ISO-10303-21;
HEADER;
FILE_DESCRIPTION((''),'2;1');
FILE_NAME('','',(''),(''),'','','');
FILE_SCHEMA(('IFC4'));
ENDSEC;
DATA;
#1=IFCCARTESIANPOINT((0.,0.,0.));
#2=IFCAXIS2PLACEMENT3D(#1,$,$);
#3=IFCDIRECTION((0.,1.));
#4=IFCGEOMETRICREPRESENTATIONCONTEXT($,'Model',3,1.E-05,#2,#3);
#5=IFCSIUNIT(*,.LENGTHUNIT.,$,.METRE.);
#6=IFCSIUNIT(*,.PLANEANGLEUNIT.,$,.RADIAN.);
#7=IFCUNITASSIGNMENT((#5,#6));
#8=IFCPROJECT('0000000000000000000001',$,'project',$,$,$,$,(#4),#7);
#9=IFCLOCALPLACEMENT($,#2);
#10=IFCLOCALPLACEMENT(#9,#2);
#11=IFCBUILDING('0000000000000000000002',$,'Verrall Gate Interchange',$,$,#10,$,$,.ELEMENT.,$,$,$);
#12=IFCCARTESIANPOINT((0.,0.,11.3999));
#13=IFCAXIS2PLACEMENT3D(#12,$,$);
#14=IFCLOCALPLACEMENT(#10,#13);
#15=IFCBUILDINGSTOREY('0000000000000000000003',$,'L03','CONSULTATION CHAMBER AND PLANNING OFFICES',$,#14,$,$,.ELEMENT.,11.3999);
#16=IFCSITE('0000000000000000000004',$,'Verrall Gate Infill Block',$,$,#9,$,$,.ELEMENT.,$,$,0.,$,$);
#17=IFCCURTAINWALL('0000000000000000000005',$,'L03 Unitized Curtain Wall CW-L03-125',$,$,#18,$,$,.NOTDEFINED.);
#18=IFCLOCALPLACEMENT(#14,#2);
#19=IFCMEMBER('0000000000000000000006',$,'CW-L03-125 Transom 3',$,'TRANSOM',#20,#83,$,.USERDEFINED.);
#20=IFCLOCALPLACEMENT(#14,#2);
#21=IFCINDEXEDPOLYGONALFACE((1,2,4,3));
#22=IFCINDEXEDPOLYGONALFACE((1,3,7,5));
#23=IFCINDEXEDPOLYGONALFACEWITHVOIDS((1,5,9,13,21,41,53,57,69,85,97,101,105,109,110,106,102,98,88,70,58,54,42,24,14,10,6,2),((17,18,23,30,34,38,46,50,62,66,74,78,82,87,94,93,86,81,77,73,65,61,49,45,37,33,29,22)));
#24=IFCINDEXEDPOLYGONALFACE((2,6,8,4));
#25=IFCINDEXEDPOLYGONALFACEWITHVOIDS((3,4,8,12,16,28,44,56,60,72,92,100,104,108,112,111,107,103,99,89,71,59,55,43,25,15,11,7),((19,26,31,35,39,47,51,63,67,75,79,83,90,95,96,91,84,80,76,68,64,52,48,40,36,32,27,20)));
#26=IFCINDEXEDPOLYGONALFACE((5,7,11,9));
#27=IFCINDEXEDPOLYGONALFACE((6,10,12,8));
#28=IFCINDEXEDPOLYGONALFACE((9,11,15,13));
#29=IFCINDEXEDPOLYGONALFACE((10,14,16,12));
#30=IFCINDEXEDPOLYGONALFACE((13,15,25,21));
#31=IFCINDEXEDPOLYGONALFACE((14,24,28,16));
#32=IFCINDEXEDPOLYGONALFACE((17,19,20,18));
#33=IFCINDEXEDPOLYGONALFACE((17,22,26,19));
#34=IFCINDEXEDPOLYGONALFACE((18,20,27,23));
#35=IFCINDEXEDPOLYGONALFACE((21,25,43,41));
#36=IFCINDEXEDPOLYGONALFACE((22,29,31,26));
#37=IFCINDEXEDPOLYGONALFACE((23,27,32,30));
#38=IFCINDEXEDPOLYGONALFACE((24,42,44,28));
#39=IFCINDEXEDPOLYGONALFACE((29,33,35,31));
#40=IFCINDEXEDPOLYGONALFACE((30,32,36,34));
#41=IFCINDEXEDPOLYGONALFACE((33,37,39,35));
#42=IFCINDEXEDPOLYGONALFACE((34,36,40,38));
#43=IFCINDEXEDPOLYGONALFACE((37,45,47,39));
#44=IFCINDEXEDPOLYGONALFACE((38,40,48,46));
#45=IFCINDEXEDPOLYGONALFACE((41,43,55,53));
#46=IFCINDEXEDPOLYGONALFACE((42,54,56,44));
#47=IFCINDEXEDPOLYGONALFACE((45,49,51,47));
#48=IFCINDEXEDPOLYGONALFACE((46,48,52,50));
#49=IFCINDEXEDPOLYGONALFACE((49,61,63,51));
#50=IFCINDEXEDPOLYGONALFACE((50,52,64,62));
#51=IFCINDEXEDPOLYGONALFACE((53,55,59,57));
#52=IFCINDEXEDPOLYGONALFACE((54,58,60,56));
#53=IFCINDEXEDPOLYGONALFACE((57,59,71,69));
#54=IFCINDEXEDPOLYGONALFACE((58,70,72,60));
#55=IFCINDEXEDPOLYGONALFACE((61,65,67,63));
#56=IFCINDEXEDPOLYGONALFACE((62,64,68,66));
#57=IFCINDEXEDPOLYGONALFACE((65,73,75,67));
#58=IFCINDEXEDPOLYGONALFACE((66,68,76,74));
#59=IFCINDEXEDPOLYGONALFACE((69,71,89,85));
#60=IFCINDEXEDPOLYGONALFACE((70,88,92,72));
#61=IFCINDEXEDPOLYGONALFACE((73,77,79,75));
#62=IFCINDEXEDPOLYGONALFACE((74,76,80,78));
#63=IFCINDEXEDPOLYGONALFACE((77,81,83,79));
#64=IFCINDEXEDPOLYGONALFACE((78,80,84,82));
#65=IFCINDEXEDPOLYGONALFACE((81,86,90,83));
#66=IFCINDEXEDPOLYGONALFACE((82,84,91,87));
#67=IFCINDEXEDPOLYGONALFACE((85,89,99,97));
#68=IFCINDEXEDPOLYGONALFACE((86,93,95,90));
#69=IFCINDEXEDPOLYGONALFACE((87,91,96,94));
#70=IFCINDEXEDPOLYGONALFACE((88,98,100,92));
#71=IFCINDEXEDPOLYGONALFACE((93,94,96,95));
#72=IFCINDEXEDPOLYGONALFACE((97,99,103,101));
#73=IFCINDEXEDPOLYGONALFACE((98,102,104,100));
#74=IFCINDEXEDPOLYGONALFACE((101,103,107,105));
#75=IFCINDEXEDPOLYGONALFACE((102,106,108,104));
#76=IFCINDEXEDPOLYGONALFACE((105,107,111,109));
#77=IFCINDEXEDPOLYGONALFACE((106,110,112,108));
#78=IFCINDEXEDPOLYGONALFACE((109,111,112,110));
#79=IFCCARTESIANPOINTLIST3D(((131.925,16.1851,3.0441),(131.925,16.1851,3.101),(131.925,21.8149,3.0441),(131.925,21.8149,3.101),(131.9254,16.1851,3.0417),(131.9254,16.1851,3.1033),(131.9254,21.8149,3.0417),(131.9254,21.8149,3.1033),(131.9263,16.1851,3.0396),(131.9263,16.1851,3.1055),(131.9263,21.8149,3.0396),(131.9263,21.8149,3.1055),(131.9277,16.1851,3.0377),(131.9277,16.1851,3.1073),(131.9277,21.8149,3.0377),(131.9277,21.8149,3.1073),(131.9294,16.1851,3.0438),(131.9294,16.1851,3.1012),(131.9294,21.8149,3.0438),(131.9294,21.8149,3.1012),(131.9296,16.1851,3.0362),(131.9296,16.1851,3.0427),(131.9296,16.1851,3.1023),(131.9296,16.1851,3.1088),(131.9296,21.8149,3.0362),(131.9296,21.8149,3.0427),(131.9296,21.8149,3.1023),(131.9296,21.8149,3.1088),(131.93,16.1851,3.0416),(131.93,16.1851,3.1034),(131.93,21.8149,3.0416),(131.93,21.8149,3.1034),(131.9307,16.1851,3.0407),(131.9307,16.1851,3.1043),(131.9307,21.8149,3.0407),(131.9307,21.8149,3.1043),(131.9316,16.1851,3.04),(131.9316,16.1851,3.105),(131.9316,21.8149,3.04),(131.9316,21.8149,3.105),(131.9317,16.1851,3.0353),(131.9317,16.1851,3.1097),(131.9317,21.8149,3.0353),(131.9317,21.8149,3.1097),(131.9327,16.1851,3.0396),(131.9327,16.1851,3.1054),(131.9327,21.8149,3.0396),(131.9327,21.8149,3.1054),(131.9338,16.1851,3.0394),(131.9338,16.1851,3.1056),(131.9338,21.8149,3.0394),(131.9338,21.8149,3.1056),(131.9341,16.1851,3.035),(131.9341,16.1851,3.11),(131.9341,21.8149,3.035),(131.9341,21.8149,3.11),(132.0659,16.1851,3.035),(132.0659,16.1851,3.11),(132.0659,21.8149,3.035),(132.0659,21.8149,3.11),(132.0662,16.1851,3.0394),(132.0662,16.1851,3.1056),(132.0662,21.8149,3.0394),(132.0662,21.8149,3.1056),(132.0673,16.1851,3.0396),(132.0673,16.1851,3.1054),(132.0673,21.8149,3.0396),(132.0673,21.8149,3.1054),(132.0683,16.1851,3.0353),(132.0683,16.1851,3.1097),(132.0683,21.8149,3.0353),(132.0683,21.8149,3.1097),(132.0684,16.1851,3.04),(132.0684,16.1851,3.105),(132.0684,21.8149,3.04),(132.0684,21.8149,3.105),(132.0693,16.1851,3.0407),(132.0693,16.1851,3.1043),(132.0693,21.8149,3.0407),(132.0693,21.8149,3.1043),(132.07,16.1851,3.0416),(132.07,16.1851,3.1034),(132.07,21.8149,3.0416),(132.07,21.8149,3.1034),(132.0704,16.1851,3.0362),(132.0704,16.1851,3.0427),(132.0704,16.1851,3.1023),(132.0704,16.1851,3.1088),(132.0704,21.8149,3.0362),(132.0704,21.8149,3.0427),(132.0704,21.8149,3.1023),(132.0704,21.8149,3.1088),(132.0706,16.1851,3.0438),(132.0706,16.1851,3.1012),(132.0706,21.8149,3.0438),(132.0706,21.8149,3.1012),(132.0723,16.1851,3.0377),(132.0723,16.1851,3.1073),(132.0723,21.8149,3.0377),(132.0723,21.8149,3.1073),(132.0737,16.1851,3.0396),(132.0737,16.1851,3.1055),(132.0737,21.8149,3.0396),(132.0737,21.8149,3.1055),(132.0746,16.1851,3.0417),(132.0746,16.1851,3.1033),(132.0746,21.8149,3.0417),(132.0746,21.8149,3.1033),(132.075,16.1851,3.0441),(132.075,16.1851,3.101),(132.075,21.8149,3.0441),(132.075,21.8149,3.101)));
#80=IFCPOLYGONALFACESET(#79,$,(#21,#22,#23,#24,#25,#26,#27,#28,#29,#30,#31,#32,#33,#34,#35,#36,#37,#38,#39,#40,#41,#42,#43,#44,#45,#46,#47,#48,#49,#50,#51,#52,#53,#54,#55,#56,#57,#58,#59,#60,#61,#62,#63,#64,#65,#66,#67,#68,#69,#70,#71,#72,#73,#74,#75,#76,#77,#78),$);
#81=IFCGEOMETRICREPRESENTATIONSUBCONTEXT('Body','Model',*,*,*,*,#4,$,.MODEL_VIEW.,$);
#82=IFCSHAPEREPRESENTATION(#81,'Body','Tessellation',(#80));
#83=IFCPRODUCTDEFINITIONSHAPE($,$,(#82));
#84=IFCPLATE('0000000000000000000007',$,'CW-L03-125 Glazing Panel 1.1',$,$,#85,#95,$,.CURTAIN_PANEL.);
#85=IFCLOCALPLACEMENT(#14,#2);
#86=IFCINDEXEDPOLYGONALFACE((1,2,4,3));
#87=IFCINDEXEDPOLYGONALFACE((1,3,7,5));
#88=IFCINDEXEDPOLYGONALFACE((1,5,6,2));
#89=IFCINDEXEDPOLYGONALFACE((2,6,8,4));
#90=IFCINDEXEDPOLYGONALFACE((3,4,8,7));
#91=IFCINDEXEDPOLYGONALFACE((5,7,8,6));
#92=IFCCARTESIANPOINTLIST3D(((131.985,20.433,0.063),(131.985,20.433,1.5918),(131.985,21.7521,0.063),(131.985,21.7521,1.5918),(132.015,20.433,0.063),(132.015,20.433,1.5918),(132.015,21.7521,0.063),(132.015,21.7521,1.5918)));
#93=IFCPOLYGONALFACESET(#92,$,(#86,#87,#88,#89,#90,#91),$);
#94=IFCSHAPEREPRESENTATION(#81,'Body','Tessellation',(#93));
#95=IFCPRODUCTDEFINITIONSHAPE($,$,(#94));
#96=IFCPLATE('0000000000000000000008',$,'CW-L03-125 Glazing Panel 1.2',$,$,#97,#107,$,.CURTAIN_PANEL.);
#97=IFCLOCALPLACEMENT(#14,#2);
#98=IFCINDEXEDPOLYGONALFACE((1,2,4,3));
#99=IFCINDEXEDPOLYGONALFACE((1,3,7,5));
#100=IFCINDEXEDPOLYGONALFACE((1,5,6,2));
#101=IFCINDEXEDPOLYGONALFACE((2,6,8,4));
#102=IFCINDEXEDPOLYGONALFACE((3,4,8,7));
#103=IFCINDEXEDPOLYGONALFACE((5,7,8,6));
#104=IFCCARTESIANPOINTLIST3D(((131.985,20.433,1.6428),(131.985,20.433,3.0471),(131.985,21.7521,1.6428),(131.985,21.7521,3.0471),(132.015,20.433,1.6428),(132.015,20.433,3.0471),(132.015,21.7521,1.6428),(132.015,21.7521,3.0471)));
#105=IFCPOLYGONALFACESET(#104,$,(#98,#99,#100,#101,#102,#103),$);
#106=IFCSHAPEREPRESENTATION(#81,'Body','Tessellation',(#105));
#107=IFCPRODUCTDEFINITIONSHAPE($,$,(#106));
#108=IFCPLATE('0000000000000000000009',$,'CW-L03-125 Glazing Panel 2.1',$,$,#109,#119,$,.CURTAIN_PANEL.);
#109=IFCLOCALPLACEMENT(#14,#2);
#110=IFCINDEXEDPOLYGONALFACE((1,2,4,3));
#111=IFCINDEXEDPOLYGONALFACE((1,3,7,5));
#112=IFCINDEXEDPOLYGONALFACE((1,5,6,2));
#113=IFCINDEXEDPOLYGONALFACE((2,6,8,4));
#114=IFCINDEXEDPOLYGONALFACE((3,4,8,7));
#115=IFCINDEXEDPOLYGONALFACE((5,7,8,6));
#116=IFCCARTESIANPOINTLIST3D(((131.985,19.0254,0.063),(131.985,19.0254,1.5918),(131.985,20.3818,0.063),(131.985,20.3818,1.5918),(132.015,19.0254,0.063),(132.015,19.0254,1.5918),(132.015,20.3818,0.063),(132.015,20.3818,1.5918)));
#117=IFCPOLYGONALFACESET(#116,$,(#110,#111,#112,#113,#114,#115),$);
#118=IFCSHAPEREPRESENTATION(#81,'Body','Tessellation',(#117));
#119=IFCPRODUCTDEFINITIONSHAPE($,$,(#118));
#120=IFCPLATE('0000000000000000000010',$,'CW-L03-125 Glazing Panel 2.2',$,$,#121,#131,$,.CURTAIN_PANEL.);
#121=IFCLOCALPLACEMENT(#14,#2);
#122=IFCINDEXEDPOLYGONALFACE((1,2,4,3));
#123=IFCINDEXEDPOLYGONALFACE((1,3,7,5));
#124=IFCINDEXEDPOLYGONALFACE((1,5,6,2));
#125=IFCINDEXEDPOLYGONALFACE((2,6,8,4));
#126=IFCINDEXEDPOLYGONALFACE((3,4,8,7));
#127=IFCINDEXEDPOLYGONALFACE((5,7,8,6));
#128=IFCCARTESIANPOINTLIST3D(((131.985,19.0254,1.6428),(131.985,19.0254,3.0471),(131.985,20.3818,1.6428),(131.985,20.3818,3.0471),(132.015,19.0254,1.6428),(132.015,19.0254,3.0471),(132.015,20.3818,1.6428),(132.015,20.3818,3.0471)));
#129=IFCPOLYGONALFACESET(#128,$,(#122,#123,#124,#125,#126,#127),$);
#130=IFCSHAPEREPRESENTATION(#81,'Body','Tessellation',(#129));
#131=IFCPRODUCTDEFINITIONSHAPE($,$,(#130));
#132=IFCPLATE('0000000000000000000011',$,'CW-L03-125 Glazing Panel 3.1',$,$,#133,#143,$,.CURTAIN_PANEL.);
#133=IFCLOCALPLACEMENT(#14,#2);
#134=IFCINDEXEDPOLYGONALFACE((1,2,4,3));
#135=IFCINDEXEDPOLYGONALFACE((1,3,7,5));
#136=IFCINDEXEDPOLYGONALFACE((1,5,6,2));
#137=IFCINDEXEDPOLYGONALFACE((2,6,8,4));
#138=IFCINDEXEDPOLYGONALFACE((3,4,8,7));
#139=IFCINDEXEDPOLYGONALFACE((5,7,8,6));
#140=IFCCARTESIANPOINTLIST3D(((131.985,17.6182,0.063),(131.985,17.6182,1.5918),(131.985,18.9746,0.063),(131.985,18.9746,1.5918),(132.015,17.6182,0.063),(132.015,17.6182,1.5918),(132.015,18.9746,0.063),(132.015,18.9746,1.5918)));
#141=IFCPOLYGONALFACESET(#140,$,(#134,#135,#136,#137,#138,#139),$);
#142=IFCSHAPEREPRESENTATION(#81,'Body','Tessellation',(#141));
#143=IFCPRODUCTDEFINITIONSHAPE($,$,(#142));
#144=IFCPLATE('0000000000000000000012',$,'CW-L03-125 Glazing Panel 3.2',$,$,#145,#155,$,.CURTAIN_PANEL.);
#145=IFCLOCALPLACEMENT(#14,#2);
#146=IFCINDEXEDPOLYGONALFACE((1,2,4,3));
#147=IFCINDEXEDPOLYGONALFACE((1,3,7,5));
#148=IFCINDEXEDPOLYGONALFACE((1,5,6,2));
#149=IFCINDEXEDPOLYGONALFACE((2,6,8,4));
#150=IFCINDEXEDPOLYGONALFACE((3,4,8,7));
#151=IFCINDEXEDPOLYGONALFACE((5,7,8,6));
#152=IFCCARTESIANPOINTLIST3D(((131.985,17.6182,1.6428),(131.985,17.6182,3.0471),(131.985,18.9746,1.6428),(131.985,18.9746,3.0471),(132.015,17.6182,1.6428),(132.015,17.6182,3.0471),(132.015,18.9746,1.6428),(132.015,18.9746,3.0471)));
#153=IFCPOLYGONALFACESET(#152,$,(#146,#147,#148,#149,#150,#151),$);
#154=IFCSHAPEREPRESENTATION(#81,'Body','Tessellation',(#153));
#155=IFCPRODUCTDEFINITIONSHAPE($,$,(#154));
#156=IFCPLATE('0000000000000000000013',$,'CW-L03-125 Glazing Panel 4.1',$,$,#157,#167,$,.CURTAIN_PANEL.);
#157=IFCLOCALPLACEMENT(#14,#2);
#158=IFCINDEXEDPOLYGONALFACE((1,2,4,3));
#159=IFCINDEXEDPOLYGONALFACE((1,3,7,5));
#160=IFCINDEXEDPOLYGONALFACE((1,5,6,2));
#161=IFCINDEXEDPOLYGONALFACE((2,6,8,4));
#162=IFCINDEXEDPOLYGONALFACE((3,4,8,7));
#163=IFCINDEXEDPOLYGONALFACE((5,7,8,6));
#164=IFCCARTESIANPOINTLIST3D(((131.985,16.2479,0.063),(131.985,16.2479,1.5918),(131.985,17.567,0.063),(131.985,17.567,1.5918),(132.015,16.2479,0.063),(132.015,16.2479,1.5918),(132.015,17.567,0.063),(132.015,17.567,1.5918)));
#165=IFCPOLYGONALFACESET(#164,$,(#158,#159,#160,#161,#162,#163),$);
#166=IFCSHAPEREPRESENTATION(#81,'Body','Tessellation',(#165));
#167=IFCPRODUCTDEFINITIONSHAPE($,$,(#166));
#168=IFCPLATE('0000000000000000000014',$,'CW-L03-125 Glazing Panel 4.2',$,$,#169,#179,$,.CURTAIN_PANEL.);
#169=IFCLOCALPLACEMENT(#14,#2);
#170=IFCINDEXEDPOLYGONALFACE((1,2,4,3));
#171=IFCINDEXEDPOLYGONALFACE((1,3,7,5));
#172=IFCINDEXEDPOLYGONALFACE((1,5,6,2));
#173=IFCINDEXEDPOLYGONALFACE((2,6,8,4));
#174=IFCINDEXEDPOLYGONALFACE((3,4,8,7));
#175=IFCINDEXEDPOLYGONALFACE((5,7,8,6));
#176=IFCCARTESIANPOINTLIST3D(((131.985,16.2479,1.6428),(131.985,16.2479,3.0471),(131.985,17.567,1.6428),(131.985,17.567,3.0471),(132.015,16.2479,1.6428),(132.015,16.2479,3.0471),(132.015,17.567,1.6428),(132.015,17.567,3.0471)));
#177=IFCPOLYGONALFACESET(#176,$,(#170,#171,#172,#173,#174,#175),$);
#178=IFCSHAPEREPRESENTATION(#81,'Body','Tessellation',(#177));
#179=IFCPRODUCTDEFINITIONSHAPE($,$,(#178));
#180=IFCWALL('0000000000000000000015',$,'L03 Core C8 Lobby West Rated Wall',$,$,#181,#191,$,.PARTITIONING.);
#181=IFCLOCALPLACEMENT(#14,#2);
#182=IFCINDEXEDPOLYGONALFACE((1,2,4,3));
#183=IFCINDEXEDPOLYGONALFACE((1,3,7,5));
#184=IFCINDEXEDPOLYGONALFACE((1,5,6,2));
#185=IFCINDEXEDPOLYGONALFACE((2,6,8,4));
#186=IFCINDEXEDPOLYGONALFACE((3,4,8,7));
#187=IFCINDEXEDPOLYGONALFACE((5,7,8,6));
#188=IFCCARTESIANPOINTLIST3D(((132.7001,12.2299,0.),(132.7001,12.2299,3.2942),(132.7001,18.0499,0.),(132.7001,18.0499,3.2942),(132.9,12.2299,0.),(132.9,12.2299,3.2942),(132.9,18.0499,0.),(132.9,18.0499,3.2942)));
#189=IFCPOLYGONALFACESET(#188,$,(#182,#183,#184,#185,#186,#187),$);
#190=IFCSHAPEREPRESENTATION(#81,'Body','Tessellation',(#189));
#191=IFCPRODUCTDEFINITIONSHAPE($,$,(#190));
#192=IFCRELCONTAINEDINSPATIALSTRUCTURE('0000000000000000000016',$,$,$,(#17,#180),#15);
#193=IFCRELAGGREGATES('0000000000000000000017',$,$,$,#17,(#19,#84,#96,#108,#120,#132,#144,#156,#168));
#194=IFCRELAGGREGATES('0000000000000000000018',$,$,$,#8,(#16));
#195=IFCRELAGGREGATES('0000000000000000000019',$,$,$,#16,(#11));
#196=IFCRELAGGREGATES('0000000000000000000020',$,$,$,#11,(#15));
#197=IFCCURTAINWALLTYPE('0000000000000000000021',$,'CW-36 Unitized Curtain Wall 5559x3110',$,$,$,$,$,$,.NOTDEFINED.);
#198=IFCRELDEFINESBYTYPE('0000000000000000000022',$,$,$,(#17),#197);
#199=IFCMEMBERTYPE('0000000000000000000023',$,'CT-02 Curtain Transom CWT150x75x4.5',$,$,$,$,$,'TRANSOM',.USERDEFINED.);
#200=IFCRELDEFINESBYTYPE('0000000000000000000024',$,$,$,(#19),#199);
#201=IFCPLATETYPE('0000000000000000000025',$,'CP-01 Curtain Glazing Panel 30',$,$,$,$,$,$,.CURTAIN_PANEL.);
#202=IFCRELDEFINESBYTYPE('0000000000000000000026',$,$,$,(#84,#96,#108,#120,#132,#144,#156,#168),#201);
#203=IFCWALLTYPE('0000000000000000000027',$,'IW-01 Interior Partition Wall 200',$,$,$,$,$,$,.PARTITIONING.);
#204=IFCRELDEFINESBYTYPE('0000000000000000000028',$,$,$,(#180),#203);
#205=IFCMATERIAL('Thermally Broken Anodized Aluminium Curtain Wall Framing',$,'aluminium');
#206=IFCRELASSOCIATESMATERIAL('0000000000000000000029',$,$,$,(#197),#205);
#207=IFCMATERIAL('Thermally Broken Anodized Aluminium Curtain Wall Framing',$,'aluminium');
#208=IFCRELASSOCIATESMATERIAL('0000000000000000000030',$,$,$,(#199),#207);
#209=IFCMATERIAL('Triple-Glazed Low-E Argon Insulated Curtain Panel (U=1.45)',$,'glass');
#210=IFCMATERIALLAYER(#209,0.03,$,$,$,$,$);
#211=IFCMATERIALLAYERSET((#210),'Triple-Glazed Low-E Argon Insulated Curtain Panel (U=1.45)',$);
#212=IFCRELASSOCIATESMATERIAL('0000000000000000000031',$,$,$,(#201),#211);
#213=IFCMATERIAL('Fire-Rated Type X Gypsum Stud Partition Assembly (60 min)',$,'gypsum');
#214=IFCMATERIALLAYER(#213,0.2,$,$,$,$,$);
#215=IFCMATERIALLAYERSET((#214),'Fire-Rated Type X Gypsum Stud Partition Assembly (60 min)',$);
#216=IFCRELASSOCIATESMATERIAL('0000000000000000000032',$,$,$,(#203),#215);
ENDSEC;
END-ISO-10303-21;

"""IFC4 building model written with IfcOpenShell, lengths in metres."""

from ifc_helpers import new_model, si_unit, direction, frame, frame_2d, origin, origin_2d, place, context, subcontext, project, spatial, rectangle, hollow_rectangle, extrude, material, layer, layer_set, material_profile, profile_set, type_object, element, aggregate, save


model = new_model("IFC4")

# Units and contexts
model_context = context("Model", 3, precision=1e-05, world=origin(), true_north=direction((0.0, 1.0)))
body_context = subcontext(model_context, "Body", "Model", "MODEL_VIEW")
ifc_project = project(units=[si_unit("LENGTHUNIT", "METRE"), si_unit("PLANEANGLEUNIT", "RADIAN")], contexts=[model_context])

# Site, building, storey
site_placement = place(None, origin())
site = spatial("IfcSite", under=ifc_project, at=site_placement, Name="Verrall Gate Infill Block", CompositionType="ELEMENT", RefElevation=0.0)
building_placement = place(site_placement, origin())
building = spatial("IfcBuilding", under=site, at=building_placement, Name="Verrall Gate Interchange", CompositionType="ELEMENT")
storey_placement = place(building_placement, frame((0.0, 0.0, 11.3999)))
storey = spatial("IfcBuildingStorey", under=building, at=storey_placement, Name="L03", Description="CONSULTATION CHAMBER AND PLANNING OFFICES", CompositionType="ELEMENT", Elevation=11.3999)

# Curtain wall
ifc_material_1 = material(Name="Thermally Broken Anodized Aluminium Curtain Wall Framing", Category="aluminium")
curtain_wall_type_1 = type_object("IfcCurtainWallType", Name="CW-36 Unitized Curtain Wall 5559x3110", PredefinedType="NOTDEFINED", material=ifc_material_1)
curtain_wall_1_placement = place(storey_placement, origin())
curtain_wall_1 = element("IfcCurtainWall", 1, at=curtain_wall_1_placement, inside=storey, type_object=curtain_wall_type_1, Name="L03 Unitized Curtain Wall CW-L03-125", PredefinedType="NOTDEFINED")

# Member
ifc_material_2 = material(Name="Thermally Broken Anodized Aluminium Curtain Wall Framing", Category="aluminium")
ifc_material_profile_1 = material_profile(ifc_material_2, hollow_rectangle(XDim=0.1499, YDim=0.075, WallThickness=0.0044, InnerFilletRadius=0.0044, OuterFilletRadius=0.009, at=origin_2d()), Name="CWT150x75x4.5")
ifc_profile_set_1 = profile_set([ifc_material_profile_1], Name="Thermally Broken Anodized Aluminium Curtain Wall Framing")
member_type_1 = type_object("IfcMemberType", Name="CT-02 Curtain Transom CWT150x75x4.5", ElementType="TRANSOM", PredefinedType="USERDEFINED", material=ifc_profile_set_1)
member_1_placement = place(storey_placement, frame((132.0, 21.8149, 3.0725), z_axis=(0.0, -1.0, 0.0), x_axis=(1.0, 0.0, 0.0)))
member_1 = element("IfcMember", 2, at=member_1_placement, type_object=member_type_1, Name="CW-L03-125 Transom 3", ObjectType="TRANSOM", PredefinedType="USERDEFINED", context=body_context, shape_type="SweptSolid", body=[
    extrude(hollow_rectangle(XDim=0.1499, YDim=0.075, WallThickness=0.0044, InnerFilletRadius=0.0044, OuterFilletRadius=0.009, at=origin_2d()), origin(), (0.0, 0.0, 1.0), 5.6299),
])

# Plates
ifc_material_3 = material(Name="Triple-Glazed Low-E Argon Insulated Curtain Panel (U=1.45)", Category="glass")
ifc_layer_1 = layer(ifc_material_3, 0.03)
ifc_layer_set_1 = layer_set([ifc_layer_1], Name="Triple-Glazed Low-E Argon Insulated Curtain Panel (U=1.45)")
plate_type = type_object("IfcPlateType", Name="CP-01 Curtain Glazing Panel 30", PredefinedType="CURTAIN_PANEL", material=ifc_layer_set_1)
plate_1_placement = place(storey_placement, frame((132.0, 21.0925, 0.063), z_axis=(0.0, 0.0, 1.0), x_axis=(0.0, -1.0, 0.0)))
plate_1 = element("IfcPlate", 3, at=plate_1_placement, type_object=plate_type, Name="CW-L03-125 Glazing Panel 1.1", PredefinedType="CURTAIN_PANEL", context=body_context, shape_type="SweptSolid", body=[
    extrude(rectangle(XDim=1.3191, YDim=0.03, at=origin_2d()), origin(), (0.0, 0.0, 1.0), 1.5288),
])
plate_2_placement = place(storey_placement, frame((132.0, 21.0925, 1.6428), z_axis=(0.0, 0.0, 1.0), x_axis=(0.0, -1.0, 0.0)))
plate_2 = element("IfcPlate", 4, at=plate_2_placement, type_object=plate_type, Name="CW-L03-125 Glazing Panel 1.2", PredefinedType="CURTAIN_PANEL", context=body_context, shape_type="SweptSolid", body=[
    extrude(rectangle(XDim=1.3191, YDim=0.03, at=origin_2d()), origin(), (0.0, 0.0, 1.0), 1.4043),
])
plate_3_placement = place(storey_placement, frame((132.0, 19.7036, 0.063), z_axis=(0.0, 0.0, 1.0), x_axis=(0.0, -1.0, 0.0)))
plate_3 = element("IfcPlate", 5, at=plate_3_placement, type_object=plate_type, Name="CW-L03-125 Glazing Panel 2.1", PredefinedType="CURTAIN_PANEL", context=body_context, shape_type="SweptSolid", body=[
    extrude(rectangle(XDim=1.3564, YDim=0.03, at=origin_2d()), origin(), (0.0, 0.0, 1.0), 1.5288),
])
plate_4_placement = place(storey_placement, frame((132.0, 19.7036, 1.6428), z_axis=(0.0, 0.0, 1.0), x_axis=(0.0, -1.0, 0.0)))
plate_4 = element("IfcPlate", 6, at=plate_4_placement, type_object=plate_type, Name="CW-L03-125 Glazing Panel 2.2", PredefinedType="CURTAIN_PANEL", context=body_context, shape_type="SweptSolid", body=[
    extrude(rectangle(XDim=1.3564, YDim=0.03, at=origin_2d()), origin(), (0.0, 0.0, 1.0), 1.4043),
])
plate_5_placement = place(storey_placement, frame((132.0, 18.2964, 0.063), z_axis=(0.0, 0.0, 1.0), x_axis=(0.0, -1.0, 0.0)))
plate_5 = element("IfcPlate", 7, at=plate_5_placement, type_object=plate_type, Name="CW-L03-125 Glazing Panel 3.1", PredefinedType="CURTAIN_PANEL", context=body_context, shape_type="SweptSolid", body=[
    extrude(rectangle(XDim=1.3564, YDim=0.03, at=origin_2d()), origin(), (0.0, 0.0, 1.0), 1.5288),
])
plate_6_placement = place(storey_placement, frame((132.0, 18.2964, 1.6428), z_axis=(0.0, 0.0, 1.0), x_axis=(0.0, -1.0, 0.0)))
plate_6 = element("IfcPlate", 8, at=plate_6_placement, type_object=plate_type, Name="CW-L03-125 Glazing Panel 3.2", PredefinedType="CURTAIN_PANEL", context=body_context, shape_type="SweptSolid", body=[
    extrude(rectangle(XDim=1.3564, YDim=0.03, at=origin_2d()), origin(), (0.0, 0.0, 1.0), 1.4043),
])
plate_7_placement = place(storey_placement, frame((132.0, 16.9075, 0.063), z_axis=(0.0, 0.0, 1.0), x_axis=(0.0, -1.0, 0.0)))
plate_7 = element("IfcPlate", 9, at=plate_7_placement, type_object=plate_type, Name="CW-L03-125 Glazing Panel 4.1", PredefinedType="CURTAIN_PANEL", context=body_context, shape_type="SweptSolid", body=[
    extrude(rectangle(XDim=1.3191, YDim=0.03, at=origin_2d()), origin(), (0.0, 0.0, 1.0), 1.5288),
])
plate_8_placement = place(storey_placement, frame((132.0, 16.9075, 1.6428), z_axis=(0.0, 0.0, 1.0), x_axis=(0.0, -1.0, 0.0)))
plate_8 = element("IfcPlate", 10, at=plate_8_placement, type_object=plate_type, Name="CW-L03-125 Glazing Panel 4.2", PredefinedType="CURTAIN_PANEL", context=body_context, shape_type="SweptSolid", body=[
    extrude(rectangle(XDim=1.3191, YDim=0.03, at=origin_2d()), origin(), (0.0, 0.0, 1.0), 1.4043),
])
aggregate(curtain_wall_1, [member_1, plate_1, plate_2, plate_3, plate_4, plate_5, plate_6, plate_7, plate_8])

# Wall
ifc_material_4 = material(Name="Fire-Rated Type X Gypsum Stud Partition Assembly (60 min)", Category="gypsum")
ifc_layer_2 = layer(ifc_material_4, 0.2)
ifc_layer_set_2 = layer_set([ifc_layer_2], Name="Fire-Rated Type X Gypsum Stud Partition Assembly (60 min)")
wall_type_1 = type_object("IfcWallType", Name="IW-01 Interior Partition Wall 200", PredefinedType="PARTITIONING", material=ifc_layer_set_2)
wall_1_placement = place(storey_placement, frame((132.8, 18.05, 0.0), z_axis=(0.0, 0.0, 1.0), x_axis=(0.0, -1.0, 0.0)))
element("IfcWall", 11, at=wall_1_placement, inside=storey, type_object=wall_type_1, Name="L03 Core C8 Lobby West Rated Wall", PredefinedType="PARTITIONING", context=body_context, shape_type="SweptSolid", body=[
    extrude(rectangle(XDim=5.8201, YDim=0.2, at=frame_2d((2.9102, 0.0))), origin(), (0.0, 0.0, 1.0), 3.2942),
])

save(model, "model.ifc")
